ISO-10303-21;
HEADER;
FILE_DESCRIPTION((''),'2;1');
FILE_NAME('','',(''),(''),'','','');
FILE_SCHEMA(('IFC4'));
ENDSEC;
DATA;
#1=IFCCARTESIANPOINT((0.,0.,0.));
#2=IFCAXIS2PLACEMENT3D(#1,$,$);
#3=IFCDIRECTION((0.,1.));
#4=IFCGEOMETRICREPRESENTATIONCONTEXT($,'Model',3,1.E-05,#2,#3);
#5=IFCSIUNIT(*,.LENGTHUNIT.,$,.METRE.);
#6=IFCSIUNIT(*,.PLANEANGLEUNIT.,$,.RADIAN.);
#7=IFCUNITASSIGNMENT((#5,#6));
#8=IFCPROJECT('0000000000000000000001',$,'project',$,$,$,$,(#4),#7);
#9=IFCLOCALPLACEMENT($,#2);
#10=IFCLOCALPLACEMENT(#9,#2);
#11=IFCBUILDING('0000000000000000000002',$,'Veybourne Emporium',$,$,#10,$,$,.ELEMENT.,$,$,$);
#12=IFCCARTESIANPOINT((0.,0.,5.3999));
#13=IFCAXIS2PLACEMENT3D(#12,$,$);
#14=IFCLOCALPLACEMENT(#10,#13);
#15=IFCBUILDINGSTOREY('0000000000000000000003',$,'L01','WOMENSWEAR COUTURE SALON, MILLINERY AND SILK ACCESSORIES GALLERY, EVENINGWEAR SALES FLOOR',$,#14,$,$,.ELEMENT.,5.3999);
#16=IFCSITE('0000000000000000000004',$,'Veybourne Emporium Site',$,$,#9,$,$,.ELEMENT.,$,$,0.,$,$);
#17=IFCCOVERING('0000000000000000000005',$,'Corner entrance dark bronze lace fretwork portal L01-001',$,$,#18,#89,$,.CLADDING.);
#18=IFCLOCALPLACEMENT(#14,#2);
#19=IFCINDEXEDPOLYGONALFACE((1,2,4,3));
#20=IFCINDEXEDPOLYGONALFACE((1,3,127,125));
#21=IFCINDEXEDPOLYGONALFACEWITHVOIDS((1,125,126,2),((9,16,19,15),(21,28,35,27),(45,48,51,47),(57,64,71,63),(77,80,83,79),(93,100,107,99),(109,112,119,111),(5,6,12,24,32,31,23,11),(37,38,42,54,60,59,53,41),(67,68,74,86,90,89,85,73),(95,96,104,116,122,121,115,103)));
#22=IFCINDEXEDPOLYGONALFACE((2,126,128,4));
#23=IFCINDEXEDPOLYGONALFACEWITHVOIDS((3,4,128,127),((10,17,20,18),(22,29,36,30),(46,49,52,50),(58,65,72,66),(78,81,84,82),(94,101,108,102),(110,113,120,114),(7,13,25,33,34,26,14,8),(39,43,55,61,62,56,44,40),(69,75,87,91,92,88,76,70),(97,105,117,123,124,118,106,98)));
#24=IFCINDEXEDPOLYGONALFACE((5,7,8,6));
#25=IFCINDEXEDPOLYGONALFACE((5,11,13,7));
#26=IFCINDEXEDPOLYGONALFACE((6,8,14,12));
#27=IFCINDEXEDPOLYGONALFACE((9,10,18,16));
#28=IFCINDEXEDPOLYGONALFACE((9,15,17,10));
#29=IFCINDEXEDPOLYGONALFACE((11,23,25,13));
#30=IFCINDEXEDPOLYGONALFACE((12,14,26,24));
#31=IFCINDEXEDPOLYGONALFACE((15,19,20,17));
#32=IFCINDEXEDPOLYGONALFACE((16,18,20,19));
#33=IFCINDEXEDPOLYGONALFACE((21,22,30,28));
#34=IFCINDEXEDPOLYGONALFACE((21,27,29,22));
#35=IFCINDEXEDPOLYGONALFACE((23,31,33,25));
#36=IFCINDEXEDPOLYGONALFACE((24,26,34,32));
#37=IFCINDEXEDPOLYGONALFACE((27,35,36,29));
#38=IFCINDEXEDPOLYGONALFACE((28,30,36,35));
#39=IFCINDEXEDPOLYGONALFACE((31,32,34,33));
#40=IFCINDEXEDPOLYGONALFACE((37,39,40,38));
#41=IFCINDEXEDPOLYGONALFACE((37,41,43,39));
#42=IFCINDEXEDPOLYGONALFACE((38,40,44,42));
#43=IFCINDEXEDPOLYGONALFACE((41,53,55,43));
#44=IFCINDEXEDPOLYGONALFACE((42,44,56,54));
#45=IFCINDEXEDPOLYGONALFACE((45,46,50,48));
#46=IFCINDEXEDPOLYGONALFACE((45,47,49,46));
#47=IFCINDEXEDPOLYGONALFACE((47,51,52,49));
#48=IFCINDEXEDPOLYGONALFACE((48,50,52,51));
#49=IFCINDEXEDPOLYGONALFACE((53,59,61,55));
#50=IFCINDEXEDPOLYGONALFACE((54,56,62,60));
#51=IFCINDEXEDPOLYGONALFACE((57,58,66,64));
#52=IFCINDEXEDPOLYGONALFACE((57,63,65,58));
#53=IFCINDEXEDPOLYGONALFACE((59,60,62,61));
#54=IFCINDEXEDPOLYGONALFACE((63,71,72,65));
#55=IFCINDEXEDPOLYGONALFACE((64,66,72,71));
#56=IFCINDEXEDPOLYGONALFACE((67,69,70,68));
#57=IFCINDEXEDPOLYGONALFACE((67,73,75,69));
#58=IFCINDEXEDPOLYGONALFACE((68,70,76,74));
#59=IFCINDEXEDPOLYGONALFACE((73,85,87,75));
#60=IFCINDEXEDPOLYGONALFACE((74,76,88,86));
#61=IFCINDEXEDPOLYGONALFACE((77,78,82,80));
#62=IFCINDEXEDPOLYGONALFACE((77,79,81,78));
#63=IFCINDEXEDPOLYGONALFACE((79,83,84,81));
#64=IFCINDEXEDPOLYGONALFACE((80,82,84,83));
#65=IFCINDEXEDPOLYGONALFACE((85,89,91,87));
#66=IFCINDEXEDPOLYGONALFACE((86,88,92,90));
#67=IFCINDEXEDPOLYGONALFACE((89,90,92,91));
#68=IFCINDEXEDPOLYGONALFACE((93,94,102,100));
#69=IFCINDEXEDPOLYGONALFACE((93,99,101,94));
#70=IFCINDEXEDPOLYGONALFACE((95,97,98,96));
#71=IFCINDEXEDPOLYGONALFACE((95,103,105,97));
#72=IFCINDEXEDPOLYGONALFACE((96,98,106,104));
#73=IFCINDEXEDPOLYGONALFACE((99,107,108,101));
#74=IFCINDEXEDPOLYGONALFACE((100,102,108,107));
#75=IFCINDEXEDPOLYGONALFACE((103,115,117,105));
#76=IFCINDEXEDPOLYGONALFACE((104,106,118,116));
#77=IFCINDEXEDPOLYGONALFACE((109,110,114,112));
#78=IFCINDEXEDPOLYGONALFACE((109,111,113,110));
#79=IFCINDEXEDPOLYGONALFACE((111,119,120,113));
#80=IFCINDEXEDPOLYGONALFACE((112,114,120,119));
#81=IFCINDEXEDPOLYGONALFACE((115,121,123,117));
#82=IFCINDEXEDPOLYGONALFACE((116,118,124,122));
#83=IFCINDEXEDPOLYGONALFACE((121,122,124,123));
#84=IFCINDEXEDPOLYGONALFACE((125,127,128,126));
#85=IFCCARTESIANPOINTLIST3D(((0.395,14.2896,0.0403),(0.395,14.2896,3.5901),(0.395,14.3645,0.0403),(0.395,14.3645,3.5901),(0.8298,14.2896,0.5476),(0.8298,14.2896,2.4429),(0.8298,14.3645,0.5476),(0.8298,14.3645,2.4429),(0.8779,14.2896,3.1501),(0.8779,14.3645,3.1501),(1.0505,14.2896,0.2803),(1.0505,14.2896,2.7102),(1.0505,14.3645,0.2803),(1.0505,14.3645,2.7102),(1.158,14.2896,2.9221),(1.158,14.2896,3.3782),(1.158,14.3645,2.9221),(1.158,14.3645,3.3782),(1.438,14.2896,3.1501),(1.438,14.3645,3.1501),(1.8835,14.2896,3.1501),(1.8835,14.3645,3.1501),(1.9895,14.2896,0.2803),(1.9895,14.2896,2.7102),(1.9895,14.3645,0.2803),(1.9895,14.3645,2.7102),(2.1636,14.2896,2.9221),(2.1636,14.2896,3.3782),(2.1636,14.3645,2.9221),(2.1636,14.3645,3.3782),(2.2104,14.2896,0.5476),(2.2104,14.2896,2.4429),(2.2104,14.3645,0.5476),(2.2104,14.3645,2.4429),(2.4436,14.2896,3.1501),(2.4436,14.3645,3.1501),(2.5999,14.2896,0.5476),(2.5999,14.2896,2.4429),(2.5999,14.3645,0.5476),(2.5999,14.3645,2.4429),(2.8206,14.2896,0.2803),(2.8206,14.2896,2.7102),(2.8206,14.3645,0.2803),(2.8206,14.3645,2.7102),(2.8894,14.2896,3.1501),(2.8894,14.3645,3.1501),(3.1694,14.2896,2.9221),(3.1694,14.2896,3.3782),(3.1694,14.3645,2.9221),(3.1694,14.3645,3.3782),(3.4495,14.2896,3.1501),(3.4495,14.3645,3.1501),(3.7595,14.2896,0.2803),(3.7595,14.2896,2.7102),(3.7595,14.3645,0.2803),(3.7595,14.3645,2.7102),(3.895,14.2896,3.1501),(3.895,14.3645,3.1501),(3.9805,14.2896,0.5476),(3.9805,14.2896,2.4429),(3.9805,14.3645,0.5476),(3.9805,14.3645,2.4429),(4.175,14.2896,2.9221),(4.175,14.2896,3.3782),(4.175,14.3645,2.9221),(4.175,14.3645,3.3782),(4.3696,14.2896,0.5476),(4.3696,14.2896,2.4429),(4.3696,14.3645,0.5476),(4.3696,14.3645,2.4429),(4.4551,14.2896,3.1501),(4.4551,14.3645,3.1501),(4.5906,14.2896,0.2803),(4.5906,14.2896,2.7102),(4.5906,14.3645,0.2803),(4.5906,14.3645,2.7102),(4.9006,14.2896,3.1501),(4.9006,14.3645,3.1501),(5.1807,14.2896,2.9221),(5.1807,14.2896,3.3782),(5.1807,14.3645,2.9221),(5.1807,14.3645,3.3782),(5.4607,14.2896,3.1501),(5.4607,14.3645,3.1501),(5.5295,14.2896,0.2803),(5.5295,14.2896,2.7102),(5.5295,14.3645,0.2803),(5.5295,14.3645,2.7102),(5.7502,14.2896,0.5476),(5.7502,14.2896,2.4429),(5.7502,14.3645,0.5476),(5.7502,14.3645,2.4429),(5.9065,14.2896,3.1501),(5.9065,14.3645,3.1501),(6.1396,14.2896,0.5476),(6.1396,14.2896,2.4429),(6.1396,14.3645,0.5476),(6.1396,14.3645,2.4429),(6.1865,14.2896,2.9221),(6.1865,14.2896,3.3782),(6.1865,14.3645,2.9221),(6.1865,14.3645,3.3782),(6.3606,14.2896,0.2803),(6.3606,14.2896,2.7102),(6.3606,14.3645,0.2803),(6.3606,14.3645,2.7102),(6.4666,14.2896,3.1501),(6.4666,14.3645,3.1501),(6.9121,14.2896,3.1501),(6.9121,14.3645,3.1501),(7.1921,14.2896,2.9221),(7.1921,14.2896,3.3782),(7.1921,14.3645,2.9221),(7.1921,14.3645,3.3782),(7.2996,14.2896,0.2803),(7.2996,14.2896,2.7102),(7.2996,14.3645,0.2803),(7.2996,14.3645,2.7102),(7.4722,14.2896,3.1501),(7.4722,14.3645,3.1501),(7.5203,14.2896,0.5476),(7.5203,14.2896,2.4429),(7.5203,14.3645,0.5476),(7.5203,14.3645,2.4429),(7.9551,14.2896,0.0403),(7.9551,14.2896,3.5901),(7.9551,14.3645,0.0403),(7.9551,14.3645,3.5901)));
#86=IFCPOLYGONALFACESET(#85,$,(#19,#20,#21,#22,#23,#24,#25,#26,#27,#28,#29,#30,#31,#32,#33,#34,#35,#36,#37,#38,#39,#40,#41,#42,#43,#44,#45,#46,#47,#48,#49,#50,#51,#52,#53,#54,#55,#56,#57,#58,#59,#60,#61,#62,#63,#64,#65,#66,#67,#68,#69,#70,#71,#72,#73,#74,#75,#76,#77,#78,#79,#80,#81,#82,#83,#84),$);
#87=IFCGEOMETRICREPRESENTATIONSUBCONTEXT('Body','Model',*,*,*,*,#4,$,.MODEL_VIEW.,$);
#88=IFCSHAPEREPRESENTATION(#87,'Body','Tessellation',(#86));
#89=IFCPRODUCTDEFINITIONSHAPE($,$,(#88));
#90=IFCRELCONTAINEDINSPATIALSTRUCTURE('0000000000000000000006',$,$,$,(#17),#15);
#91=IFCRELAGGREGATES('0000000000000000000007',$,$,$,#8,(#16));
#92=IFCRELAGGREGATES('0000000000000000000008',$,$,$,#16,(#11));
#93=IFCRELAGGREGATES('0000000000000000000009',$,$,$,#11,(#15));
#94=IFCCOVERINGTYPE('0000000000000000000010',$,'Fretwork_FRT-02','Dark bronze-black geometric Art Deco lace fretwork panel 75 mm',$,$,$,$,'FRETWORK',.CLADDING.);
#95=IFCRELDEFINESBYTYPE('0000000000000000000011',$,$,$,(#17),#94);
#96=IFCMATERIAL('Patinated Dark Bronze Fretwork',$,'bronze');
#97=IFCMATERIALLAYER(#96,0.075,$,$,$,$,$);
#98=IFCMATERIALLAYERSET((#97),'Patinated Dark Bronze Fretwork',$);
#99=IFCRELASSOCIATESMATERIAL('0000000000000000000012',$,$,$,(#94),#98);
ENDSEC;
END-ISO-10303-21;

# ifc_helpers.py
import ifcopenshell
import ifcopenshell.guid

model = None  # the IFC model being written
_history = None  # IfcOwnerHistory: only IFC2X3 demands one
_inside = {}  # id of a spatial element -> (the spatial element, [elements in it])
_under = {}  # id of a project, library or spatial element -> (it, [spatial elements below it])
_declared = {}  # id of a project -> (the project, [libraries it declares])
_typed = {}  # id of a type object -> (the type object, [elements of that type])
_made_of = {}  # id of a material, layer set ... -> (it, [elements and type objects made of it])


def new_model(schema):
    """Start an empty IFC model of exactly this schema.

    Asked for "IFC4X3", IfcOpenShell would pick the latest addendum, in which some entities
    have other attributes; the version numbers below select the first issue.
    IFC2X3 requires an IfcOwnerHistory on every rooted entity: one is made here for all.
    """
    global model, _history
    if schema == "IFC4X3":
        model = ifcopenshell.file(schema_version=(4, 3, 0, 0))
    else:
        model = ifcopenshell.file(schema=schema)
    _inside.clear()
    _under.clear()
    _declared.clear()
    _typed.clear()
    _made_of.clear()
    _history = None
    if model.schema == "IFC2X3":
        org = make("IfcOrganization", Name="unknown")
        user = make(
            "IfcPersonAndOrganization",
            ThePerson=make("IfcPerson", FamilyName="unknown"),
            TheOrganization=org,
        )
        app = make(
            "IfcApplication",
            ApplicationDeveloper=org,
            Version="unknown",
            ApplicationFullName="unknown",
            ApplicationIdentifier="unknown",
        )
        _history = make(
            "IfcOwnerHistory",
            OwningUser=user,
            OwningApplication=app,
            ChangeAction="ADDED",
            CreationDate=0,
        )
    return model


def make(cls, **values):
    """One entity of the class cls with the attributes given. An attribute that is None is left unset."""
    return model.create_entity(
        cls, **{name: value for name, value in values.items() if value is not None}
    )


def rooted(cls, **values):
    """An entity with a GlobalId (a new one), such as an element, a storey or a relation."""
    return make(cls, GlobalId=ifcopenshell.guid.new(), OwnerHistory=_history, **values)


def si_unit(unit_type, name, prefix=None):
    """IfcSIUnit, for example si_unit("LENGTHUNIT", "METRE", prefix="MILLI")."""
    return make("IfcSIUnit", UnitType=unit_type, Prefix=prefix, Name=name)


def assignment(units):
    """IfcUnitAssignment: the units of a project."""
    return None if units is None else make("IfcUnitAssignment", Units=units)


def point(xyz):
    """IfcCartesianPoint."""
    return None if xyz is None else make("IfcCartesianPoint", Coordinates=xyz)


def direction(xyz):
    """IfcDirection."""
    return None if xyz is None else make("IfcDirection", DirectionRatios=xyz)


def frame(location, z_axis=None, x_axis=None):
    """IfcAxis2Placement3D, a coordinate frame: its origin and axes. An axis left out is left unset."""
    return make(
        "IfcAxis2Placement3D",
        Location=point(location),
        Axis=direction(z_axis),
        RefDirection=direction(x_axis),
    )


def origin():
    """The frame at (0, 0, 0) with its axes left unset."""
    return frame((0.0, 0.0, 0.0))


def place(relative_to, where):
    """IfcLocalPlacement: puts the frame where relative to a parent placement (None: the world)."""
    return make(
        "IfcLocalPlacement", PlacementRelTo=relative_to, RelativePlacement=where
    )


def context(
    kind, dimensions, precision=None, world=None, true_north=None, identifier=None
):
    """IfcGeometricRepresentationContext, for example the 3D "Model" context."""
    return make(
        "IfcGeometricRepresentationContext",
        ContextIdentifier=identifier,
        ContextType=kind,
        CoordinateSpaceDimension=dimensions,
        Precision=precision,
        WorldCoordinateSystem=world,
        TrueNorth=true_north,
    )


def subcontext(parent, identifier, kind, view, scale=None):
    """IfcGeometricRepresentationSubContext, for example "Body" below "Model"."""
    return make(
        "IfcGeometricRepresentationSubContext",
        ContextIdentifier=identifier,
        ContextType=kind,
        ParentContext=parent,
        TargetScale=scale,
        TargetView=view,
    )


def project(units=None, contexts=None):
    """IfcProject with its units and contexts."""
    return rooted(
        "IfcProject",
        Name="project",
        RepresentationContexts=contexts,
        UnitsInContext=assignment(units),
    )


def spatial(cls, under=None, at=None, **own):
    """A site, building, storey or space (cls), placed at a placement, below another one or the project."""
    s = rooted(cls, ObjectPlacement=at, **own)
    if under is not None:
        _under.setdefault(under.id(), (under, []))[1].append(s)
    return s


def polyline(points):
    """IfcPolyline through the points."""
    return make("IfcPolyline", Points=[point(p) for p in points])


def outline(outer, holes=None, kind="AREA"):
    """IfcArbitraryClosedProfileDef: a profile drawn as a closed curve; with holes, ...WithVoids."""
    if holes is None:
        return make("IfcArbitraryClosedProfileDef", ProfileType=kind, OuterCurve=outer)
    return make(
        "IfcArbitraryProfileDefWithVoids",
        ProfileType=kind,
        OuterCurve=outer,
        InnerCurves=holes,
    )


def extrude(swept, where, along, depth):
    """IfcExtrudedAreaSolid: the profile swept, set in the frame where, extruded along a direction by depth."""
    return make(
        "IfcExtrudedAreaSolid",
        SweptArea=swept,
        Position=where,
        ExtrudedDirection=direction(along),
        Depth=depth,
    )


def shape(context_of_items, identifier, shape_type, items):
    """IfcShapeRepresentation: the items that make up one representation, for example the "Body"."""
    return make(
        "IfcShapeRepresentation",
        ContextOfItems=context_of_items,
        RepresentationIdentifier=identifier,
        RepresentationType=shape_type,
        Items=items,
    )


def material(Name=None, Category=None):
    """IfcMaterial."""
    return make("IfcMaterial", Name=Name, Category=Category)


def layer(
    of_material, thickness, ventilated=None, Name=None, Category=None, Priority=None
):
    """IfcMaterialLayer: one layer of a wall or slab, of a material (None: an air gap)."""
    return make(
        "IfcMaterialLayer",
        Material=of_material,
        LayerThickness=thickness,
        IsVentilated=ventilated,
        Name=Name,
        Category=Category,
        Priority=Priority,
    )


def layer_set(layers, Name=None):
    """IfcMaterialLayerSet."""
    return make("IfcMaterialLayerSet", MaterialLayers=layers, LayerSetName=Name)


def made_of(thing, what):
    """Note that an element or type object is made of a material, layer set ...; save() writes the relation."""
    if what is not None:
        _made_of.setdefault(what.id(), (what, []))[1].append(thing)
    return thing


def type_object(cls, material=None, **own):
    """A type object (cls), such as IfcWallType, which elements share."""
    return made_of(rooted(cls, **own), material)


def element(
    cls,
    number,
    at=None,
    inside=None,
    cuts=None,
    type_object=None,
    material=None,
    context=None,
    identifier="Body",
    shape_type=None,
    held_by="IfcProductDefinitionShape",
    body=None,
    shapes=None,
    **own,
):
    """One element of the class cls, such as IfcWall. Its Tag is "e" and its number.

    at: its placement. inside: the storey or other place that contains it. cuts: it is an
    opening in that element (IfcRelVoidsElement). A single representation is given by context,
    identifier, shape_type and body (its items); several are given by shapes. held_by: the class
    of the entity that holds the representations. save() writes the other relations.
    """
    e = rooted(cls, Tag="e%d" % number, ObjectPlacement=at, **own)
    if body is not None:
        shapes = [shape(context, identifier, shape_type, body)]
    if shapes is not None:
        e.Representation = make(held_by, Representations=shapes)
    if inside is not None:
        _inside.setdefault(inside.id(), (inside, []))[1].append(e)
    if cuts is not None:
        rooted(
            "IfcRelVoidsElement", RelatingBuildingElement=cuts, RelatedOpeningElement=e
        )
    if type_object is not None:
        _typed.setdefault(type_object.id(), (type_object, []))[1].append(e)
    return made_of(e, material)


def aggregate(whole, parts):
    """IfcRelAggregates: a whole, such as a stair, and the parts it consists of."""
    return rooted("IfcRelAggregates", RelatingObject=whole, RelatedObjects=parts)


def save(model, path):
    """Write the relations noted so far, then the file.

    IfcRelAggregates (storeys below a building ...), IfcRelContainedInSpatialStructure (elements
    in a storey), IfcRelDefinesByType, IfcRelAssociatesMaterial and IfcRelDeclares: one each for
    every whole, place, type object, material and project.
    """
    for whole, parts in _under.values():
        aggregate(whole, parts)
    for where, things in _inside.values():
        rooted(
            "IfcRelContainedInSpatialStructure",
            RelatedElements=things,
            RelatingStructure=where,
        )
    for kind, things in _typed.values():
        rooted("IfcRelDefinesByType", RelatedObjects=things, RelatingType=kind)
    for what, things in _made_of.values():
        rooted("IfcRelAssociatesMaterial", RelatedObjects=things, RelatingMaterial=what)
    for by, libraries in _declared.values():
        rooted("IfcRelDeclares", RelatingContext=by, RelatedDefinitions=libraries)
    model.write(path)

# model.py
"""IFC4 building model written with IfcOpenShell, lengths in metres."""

from ifc_helpers import new_model, si_unit, direction, frame, origin, place, context, subcontext, project, spatial, polyline, outline, extrude, material, layer, layer_set, type_object, element, save


model = new_model("IFC4")

# Units and contexts
model_context = context("Model", 3, precision=1e-05, world=origin(), true_north=direction((0.0, 1.0)))
body_context = subcontext(model_context, "Body", "Model", "MODEL_VIEW")
ifc_project = project(units=[si_unit("LENGTHUNIT", "METRE"), si_unit("PLANEANGLEUNIT", "RADIAN")], contexts=[model_context])

# Site, building, storey
site_placement = place(None, origin())
site = spatial("IfcSite", under=ifc_project, at=site_placement, Name="Veybourne Emporium Site", CompositionType="ELEMENT", RefElevation=0.0)
building_placement = place(site_placement, origin())
building = spatial("IfcBuilding", under=site, at=building_placement, Name="Veybourne Emporium", CompositionType="ELEMENT")
storey_placement = place(building_placement, frame((0.0, 0.0, 5.3999)))
storey = spatial("IfcBuildingStorey", under=building, at=storey_placement, Name="L01", Description="WOMENSWEAR COUTURE SALON, MILLINERY AND SILK ACCESSORIES GALLERY, EVENINGWEAR SALES FLOOR", CompositionType="ELEMENT", Elevation=5.3999)

# Covering
ifc_material_1 = material(Name="Patinated Dark Bronze Fretwork", Category="bronze")
ifc_layer_1 = layer(ifc_material_1, 0.075)
ifc_layer_set_1 = layer_set([ifc_layer_1], Name="Patinated Dark Bronze Fretwork")
covering_type = type_object("IfcCoveringType", Name="Fretwork_FRT-02", Description="Dark bronze-black geometric Art Deco lace fretwork panel 75 mm", ElementType="FRETWORK", PredefinedType="CLADDING", material=ifc_layer_set_1)
covering_placement = place(storey_placement, frame((4.175, 14.2896, 1.8152), z_axis=(0.0, 1.0, 0.0), x_axis=(-1.0, 0.0, 0.0)))
element("IfcCovering", 1, at=covering_placement, inside=storey, type_object=covering_type, Name="Corner entrance dark bronze lace fretwork portal L01-001", PredefinedType="CLADDING", context=body_context, shape_type="SweptSolid", body=[
    extrude(outline(polyline([(-3.78, -1.7749), (3.78, -1.7749), (3.78, 1.7749), (-3.78, 1.7749), (-3.78, -1.7749)]), holes=[polyline([(-3.1245, 0.895), (-2.1855, 0.895), (-1.9646, 0.6277), (-1.9646, -1.2676), (-2.1855, -1.5349), (-3.1245, -1.5349), (-3.3452, -1.2676), (-3.3452, 0.6277), (-3.1245, 0.895)]), polyline([(-1.3545, 0.895), (-0.4155, 0.895), (-0.1946, 0.6277), (-0.1946, -1.2676), (-0.4155, -1.5349), (-1.3545, -1.5349), (-1.5752, -1.2676), (-1.5752, 0.6277), (-1.3545, 0.895)]), polyline([(0.4155, 0.895), (1.3545, 0.895), (1.5752, 0.6277), (1.5752, -1.2676), (1.3545, -1.5349), (0.4155, -1.5349), (0.1946, -1.2676), (0.1946, 0.6277), (0.4155, 0.895)]), polyline([(2.1855, 0.895), (3.1245, 0.895), (3.3452, 0.6277), (3.3452, -1.2676), (3.1245, -1.5349), (2.1855, -1.5349), (1.9646, -1.2676), (1.9646, 0.6277), (2.1855, 0.895)]), polyline([(-3.0171, 1.563), (-2.7371, 1.335), (-3.0171, 1.1069), (-3.2971, 1.335), (-3.0171, 1.563)]), polyline([(-2.0115, 1.563), (-1.7314, 1.335), (-2.0115, 1.1069), (-2.2915, 1.335), (-2.0115, 1.563)]), polyline([(-1.0056, 1.563), (-0.7256, 1.335), (-1.0056, 1.1069), (-1.2856, 1.335), (-1.0056, 1.563)]), polyline([(0.0, 1.563), (0.28, 1.335), (0.0, 1.1069), (-0.28, 1.335), (0.0, 1.563)]), polyline([(1.0056, 1.563), (1.2856, 1.335), (1.0056, 1.1069), (0.7256, 1.335), (1.0056, 1.563)]), polyline([(2.0115, 1.563), (2.2915, 1.335), (2.0115, 1.1069), (1.7314, 1.335), (2.0115, 1.563)]), polyline([(3.0171, 1.563), (3.2971, 1.335), (3.0171, 1.1069), (2.7371, 1.335), (3.0171, 1.563)])]), origin(), (0.0, 0.0, 1.0), 0.075),
])

save(model, "model.ifc")
